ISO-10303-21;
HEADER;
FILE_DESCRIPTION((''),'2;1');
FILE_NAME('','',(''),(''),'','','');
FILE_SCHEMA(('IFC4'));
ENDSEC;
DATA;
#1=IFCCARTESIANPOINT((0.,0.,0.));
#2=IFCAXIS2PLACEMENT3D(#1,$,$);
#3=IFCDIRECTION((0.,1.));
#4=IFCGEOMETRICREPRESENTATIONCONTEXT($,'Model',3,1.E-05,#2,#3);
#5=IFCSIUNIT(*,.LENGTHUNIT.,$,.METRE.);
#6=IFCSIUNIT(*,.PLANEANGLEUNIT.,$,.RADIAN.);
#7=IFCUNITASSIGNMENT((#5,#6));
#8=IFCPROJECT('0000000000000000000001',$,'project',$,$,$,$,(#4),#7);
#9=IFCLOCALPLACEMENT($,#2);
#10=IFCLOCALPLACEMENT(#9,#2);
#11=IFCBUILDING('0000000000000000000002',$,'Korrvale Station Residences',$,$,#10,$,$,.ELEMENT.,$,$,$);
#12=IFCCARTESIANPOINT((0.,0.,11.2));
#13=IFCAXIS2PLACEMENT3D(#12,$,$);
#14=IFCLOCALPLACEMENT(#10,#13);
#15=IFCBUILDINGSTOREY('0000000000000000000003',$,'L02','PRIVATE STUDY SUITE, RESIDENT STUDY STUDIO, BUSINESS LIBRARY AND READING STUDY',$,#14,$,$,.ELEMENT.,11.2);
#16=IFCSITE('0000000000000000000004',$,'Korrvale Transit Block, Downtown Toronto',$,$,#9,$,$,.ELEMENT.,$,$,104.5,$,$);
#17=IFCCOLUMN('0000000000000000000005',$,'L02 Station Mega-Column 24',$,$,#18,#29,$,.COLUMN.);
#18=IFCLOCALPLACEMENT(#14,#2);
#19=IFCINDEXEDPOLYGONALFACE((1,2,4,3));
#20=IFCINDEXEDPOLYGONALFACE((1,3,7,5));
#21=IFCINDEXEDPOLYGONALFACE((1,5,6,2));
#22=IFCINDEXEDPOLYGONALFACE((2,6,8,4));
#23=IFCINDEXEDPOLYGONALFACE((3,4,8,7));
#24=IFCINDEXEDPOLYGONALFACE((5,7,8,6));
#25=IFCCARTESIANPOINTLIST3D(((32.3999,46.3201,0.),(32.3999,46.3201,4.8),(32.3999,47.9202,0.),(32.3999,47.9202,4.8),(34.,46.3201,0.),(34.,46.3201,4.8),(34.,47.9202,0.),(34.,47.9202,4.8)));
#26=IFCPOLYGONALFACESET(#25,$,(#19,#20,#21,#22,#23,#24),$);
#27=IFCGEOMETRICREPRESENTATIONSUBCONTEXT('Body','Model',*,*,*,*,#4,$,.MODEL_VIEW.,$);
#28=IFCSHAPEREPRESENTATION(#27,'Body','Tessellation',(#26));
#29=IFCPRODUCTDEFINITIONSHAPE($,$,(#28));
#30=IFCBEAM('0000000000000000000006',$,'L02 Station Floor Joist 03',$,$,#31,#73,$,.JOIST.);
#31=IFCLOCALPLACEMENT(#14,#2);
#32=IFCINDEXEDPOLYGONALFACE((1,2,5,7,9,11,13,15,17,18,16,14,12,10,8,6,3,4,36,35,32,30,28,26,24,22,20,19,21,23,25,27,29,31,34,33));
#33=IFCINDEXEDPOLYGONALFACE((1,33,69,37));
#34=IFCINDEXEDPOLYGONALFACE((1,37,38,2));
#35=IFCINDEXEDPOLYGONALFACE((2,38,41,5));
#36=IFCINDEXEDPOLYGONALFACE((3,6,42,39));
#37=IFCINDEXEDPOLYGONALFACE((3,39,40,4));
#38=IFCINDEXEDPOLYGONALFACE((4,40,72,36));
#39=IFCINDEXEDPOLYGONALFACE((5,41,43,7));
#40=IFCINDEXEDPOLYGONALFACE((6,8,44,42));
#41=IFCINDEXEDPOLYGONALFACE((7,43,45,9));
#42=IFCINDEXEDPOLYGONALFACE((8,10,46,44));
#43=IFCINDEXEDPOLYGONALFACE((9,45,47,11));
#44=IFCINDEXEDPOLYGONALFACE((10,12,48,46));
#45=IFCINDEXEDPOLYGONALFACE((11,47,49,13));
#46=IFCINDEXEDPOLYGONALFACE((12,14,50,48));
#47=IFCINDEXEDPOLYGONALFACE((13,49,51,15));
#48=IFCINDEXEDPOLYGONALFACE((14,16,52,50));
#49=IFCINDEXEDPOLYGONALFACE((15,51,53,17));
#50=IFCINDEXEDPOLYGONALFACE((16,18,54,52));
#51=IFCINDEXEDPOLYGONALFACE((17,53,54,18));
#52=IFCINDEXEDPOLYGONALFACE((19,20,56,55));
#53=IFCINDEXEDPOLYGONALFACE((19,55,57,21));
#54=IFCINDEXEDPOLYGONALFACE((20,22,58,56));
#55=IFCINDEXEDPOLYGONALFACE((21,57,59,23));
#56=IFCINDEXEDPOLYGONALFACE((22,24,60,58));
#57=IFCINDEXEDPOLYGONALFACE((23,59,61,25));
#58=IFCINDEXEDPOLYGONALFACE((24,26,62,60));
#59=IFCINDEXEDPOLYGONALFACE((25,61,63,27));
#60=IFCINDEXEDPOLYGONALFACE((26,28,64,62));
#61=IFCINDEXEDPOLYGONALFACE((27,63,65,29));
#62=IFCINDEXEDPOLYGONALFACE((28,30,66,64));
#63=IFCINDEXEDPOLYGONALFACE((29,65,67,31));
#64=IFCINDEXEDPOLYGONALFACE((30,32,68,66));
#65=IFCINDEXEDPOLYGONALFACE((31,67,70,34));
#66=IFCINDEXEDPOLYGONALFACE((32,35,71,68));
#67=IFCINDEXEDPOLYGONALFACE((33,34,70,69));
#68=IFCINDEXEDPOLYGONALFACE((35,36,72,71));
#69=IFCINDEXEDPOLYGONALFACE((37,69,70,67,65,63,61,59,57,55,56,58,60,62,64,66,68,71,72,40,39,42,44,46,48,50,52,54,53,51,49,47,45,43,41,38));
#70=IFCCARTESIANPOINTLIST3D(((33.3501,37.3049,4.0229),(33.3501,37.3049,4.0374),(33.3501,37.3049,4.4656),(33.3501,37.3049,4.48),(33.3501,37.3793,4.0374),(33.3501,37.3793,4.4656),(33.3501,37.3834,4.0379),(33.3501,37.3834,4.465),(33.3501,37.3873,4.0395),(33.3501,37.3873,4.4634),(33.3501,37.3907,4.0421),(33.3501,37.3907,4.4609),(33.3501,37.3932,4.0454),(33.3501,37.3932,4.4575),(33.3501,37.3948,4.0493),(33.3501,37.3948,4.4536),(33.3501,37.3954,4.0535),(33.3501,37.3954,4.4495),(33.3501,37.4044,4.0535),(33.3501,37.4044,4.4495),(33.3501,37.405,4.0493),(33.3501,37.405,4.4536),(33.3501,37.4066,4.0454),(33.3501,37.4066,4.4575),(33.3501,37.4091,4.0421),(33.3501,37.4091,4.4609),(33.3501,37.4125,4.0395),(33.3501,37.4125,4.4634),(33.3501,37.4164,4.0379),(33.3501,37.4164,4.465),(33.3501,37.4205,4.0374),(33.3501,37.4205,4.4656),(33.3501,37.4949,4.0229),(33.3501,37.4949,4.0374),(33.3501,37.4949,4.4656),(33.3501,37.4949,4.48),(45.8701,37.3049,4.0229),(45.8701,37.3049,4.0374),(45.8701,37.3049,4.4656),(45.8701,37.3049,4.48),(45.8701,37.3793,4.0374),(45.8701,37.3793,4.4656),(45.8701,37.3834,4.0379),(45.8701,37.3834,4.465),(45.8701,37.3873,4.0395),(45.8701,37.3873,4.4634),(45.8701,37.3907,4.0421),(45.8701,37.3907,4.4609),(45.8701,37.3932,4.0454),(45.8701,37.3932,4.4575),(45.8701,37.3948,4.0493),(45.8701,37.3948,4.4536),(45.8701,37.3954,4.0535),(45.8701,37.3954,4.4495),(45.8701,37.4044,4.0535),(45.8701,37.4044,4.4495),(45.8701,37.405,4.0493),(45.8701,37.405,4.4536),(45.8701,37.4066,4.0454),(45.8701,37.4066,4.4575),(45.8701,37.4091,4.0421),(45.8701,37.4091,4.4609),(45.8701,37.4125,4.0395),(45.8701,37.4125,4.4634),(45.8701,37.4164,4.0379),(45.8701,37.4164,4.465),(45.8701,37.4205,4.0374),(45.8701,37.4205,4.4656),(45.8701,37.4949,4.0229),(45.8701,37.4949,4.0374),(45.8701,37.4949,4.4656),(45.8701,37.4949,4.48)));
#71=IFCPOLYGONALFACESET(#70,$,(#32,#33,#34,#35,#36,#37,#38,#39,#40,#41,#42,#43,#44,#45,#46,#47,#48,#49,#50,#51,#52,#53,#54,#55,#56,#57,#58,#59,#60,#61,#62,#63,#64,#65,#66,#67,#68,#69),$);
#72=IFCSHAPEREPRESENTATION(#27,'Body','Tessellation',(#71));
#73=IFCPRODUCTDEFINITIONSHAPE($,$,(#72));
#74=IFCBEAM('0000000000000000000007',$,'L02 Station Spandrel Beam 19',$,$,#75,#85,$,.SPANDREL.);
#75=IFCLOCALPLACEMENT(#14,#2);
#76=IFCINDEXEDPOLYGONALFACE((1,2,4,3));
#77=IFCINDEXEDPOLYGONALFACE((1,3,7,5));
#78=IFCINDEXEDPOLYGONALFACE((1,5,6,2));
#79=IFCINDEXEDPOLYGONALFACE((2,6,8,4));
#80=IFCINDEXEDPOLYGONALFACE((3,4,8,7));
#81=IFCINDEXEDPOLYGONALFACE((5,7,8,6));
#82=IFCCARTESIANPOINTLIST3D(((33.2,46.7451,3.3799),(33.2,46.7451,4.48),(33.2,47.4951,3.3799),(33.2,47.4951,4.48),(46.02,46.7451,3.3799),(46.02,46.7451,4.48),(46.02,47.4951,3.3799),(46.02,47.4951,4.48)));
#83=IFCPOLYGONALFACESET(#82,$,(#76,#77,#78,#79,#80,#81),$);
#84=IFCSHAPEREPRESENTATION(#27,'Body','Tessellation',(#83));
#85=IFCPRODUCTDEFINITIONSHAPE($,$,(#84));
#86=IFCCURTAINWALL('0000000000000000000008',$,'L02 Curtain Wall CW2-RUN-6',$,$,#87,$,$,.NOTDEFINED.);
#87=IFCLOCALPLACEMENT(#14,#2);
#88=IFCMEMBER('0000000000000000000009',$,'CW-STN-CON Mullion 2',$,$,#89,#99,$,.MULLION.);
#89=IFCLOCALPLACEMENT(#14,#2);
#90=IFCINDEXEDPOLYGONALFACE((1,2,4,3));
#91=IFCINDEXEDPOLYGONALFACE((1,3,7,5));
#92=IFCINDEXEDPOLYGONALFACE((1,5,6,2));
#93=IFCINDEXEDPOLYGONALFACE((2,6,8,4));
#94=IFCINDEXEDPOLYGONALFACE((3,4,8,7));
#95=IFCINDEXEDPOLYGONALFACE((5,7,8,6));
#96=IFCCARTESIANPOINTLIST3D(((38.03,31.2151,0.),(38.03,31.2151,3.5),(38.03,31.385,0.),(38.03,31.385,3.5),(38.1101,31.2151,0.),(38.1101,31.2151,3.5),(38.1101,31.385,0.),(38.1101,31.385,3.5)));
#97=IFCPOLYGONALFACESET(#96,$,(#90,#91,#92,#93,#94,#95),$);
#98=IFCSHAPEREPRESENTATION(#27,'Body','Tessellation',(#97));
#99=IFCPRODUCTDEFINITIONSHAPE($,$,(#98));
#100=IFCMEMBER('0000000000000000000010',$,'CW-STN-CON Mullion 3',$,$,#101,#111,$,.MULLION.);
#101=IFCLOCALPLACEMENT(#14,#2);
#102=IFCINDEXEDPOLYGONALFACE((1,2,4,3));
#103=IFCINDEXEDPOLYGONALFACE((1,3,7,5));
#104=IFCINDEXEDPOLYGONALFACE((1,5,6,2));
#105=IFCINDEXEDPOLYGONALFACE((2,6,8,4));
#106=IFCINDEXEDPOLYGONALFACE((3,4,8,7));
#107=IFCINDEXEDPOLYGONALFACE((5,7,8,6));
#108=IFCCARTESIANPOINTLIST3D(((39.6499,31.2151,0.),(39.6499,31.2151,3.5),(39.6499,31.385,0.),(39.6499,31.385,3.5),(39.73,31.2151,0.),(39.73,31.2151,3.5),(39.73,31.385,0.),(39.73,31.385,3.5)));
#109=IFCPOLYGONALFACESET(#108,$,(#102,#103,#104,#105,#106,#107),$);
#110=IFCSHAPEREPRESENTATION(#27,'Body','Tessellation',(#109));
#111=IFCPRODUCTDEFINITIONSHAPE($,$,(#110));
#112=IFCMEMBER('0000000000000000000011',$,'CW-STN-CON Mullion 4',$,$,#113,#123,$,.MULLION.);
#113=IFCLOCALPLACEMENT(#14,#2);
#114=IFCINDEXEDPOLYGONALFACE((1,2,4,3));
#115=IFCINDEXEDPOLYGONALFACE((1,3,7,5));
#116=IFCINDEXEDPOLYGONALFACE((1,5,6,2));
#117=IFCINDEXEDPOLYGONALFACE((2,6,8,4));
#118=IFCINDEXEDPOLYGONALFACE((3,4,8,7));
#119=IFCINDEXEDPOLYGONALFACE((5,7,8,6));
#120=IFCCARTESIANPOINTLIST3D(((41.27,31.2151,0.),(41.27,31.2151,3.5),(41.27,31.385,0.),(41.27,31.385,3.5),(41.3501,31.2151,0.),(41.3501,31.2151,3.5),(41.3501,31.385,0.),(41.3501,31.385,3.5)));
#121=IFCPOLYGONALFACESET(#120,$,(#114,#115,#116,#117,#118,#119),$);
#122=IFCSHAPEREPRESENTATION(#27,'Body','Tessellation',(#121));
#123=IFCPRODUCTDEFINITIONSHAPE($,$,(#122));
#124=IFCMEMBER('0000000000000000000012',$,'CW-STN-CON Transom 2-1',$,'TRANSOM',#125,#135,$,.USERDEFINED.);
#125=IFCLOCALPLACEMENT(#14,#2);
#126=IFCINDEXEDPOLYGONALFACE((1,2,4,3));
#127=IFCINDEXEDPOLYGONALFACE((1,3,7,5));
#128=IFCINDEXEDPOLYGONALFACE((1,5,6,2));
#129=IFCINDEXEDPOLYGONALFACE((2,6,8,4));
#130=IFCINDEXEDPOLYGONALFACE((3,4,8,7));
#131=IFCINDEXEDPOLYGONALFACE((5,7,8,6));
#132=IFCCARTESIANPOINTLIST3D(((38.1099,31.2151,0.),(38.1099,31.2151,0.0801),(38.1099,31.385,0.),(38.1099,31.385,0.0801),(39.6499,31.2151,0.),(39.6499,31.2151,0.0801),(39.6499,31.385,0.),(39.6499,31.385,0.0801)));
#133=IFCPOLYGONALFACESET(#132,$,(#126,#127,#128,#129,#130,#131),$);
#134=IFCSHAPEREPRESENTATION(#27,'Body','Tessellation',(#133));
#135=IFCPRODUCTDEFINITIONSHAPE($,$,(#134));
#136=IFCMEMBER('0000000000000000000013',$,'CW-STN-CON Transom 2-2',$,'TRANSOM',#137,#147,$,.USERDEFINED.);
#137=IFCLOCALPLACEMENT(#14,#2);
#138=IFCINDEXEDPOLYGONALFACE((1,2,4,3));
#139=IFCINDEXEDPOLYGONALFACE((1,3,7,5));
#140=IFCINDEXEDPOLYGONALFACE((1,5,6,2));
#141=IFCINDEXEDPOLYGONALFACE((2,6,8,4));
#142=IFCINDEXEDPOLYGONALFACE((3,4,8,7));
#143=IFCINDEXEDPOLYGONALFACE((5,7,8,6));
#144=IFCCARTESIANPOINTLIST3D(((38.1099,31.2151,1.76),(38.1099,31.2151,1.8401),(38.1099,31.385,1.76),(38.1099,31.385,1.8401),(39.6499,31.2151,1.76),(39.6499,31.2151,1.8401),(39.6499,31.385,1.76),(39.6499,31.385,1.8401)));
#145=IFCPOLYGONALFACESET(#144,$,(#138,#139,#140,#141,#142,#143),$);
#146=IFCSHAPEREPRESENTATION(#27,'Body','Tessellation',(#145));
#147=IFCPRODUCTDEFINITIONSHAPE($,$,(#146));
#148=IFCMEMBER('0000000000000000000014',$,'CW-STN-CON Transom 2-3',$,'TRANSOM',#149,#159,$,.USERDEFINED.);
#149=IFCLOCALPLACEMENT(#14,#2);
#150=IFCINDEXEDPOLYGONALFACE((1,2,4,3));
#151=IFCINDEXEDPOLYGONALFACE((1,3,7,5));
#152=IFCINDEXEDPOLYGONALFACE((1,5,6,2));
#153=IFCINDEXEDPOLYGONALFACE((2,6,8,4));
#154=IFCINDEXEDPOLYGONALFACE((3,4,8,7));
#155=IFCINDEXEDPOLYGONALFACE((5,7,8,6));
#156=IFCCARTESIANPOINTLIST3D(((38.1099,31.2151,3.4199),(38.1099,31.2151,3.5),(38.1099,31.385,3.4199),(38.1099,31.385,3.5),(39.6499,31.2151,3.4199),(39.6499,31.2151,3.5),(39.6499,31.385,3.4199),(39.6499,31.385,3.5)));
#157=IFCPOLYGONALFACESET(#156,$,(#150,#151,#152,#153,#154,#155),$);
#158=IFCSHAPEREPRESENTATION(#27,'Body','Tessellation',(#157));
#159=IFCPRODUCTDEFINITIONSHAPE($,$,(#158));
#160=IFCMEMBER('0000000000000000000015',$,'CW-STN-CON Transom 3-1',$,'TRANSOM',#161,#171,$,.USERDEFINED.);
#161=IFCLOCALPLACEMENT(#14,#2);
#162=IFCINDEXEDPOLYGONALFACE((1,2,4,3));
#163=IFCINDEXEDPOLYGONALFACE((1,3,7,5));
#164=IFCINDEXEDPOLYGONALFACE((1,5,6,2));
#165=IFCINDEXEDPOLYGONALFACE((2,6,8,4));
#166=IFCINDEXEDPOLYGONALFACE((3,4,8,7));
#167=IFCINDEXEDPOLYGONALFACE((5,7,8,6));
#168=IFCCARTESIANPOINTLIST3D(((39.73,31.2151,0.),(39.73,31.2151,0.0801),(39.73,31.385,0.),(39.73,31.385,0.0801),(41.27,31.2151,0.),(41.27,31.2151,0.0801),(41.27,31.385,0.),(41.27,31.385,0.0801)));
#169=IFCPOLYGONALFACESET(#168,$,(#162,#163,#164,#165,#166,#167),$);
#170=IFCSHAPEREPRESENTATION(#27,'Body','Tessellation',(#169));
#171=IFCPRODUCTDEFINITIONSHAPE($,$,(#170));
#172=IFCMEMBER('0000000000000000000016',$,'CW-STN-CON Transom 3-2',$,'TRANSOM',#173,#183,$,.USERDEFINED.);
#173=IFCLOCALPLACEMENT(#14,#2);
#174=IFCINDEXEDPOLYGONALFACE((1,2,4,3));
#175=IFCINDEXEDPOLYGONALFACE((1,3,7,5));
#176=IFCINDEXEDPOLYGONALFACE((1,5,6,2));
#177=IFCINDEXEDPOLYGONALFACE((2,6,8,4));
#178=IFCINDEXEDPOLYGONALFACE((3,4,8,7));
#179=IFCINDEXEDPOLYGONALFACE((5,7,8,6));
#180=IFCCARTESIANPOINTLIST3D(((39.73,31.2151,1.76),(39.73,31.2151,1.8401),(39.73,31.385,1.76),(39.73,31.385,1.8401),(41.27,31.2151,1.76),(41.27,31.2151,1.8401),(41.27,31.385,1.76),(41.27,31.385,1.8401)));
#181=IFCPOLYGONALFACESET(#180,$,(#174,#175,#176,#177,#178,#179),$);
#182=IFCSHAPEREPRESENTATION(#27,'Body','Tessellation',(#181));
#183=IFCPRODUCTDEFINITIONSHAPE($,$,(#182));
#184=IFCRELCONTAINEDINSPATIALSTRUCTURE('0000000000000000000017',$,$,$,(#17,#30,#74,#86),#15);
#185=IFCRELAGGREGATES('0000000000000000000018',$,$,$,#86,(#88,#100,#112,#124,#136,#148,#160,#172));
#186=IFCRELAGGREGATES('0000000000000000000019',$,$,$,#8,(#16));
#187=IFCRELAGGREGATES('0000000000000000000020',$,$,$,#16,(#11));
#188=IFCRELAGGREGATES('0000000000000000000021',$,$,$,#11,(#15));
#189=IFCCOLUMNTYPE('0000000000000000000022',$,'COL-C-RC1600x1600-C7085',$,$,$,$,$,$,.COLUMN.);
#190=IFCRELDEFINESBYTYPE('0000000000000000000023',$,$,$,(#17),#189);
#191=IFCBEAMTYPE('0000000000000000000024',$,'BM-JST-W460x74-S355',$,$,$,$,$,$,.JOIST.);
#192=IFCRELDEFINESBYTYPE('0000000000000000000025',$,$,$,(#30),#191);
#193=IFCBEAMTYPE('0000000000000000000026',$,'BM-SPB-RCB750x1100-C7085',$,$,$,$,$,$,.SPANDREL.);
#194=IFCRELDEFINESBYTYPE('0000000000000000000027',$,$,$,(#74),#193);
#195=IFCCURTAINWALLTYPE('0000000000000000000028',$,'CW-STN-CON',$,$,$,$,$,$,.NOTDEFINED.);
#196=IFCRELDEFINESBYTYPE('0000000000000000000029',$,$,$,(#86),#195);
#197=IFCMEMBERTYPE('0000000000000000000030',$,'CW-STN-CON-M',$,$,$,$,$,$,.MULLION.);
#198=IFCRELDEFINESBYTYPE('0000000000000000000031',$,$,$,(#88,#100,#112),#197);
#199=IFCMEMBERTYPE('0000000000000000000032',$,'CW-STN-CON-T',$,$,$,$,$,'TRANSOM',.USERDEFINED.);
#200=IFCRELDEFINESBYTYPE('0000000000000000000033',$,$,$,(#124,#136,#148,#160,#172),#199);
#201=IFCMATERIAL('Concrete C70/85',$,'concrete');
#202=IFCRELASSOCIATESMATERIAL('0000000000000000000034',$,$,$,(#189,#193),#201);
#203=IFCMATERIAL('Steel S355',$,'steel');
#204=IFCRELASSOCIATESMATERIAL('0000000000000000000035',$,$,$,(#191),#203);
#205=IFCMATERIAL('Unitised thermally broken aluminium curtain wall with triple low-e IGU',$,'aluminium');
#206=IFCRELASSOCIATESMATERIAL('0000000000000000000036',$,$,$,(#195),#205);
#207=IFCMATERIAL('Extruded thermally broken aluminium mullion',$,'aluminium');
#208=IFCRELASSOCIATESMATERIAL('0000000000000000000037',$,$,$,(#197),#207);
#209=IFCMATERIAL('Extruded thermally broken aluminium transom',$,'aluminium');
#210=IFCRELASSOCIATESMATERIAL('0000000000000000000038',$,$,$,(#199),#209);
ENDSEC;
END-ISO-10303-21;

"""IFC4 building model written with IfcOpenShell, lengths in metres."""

from ifc_helpers import new_model, si_unit, direction, frame, origin, origin_2d, place, context, subcontext, project, spatial, rectangle, i_section, extrude, material, material_profile, profile_set, type_object, element, aggregate, save


model = new_model("IFC4")

# Units and contexts
model_context = context("Model", 3, precision=1e-05, world=origin(), true_north=direction((0.0, 1.0)))
body_context = subcontext(model_context, "Body", "Model", "MODEL_VIEW")
ifc_project = project(units=[si_unit("LENGTHUNIT", "METRE"), si_unit("PLANEANGLEUNIT", "RADIAN")], contexts=[model_context])

# Site, building, storey
site_placement = place(None, origin())
site = spatial("IfcSite", under=ifc_project, at=site_placement, Name="Korrvale Transit Block, Downtown Toronto", CompositionType="ELEMENT", RefElevation=104.5)
building_placement = place(site_placement, origin())
building = spatial("IfcBuilding", under=site, at=building_placement, Name="Korrvale Station Residences", CompositionType="ELEMENT")
storey_placement = place(building_placement, frame((0.0, 0.0, 11.2)))
storey = spatial("IfcBuildingStorey", under=building, at=storey_placement, Name="L02", Description="PRIVATE STUDY SUITE, RESIDENT STUDY STUDIO, BUSINESS LIBRARY AND READING STUDY", CompositionType="ELEMENT", Elevation=11.2)

# Column
ifc_material_1 = material(Name="Concrete C70/85", Category="concrete")
ifc_material_profile_1 = material_profile(ifc_material_1, rectangle(XDim=1.6001, YDim=1.6001, at=origin_2d()), Name="RC1600x1600")
ifc_profile_set_1 = profile_set([ifc_material_profile_1], Name="Concrete C70/85")
column_type = type_object("IfcColumnType", Name="COL-C-RC1600x1600-C7085", PredefinedType="COLUMN", material=ifc_profile_set_1)
column_placement = place(storey_placement, frame((33.2, 47.1201, 0.0), z_axis=(0.0, 0.0, 1.0), x_axis=(1.0, 0.0, 0.0)))
element("IfcColumn", 1, at=column_placement, inside=storey, type_object=column_type, Name="L02 Station Mega-Column 24", PredefinedType="COLUMN", context=body_context, shape_type="SweptSolid", body=[
    extrude(rectangle(XDim=1.6001, YDim=1.6001, at=origin_2d()), origin(), (0.0, 0.0, 1.0), 4.8),
])

# Beams
ifc_material_2 = material(Name="Steel S355", Category="steel")
ifc_material_profile_2 = material_profile(ifc_material_2, i_section(OverallWidth=0.1899, OverallDepth=0.457, WebThickness=0.009, FlangeThickness=0.0144, FilletRadius=0.0161, at=origin_2d()), Name="W460x74")
ifc_profile_set_2 = profile_set([ifc_material_profile_2], Name="Steel S355")
beam_type_1 = type_object("IfcBeamType", Name="BM-JST-W460x74-S355", PredefinedType="JOIST", material=ifc_profile_set_2)
beam_1_placement = place(storey_placement, frame((33.3501, 37.3999, 4.2515), z_axis=(1.0, 0.0, 0.0), x_axis=(0.0, 1.0, 0.0)))
element("IfcBeam", 2, at=beam_1_placement, inside=storey, type_object=beam_type_1, Name="L02 Station Floor Joist 03", PredefinedType="JOIST", context=body_context, shape_type="SweptSolid", body=[
    extrude(i_section(OverallWidth=0.1899, OverallDepth=0.457, WebThickness=0.009, FlangeThickness=0.0144, FilletRadius=0.0161, at=origin_2d()), origin(), (0.0, 0.0, 1.0), 12.52),
])
ifc_material_profile_3 = material_profile(ifc_material_1, rectangle(XDim=0.75, YDim=1.1001, at=origin_2d()), Name="RCB750x1100")
ifc_profile_set_3 = profile_set([ifc_material_profile_3], Name="Concrete C70/85")
beam_type_2 = type_object("IfcBeamType", Name="BM-SPB-RCB750x1100-C7085", PredefinedType="SPANDREL", material=ifc_profile_set_3)
beam_2_placement = place(storey_placement, frame((33.2, 47.1201, 3.9299), z_axis=(1.0, 0.0, 0.0), x_axis=(0.0, 1.0, 0.0)))
element("IfcBeam", 3, at=beam_2_placement, inside=storey, type_object=beam_type_2, Name="L02 Station Spandrel Beam 19", PredefinedType="SPANDREL", context=body_context, shape_type="SweptSolid", body=[
    extrude(rectangle(XDim=0.75, YDim=1.1001, at=origin_2d()), origin(), (0.0, 0.0, 1.0), 12.8201),
])

# Curtain wall, members
ifc_material_3 = material(Name="Unitised thermally broken aluminium curtain wall with triple low-e IGU", Category="aluminium")
curtain_wall_type = type_object("IfcCurtainWallType", Name="CW-STN-CON", PredefinedType="NOTDEFINED", material=ifc_material_3)
curtain_wall_placement = place(storey_placement, origin())
curtain_wall = element("IfcCurtainWall", 4, at=curtain_wall_placement, inside=storey, type_object=curtain_wall_type, Name="L02 Curtain Wall CW2-RUN-6", PredefinedType="NOTDEFINED")
ifc_material_4 = material(Name="Extruded thermally broken aluminium mullion", Category="aluminium")
member_type_1 = type_object("IfcMemberType", Name="CW-STN-CON-M", PredefinedType="MULLION", material=ifc_material_4)
member_1_placement = place(storey_placement, frame((38.0701, 31.3, 0.0), z_axis=(0.0, 0.0, 1.0), x_axis=(1.0, 0.0, 0.0)))
member_1 = element("IfcMember", 5, at=member_1_placement, type_object=member_type_1, Name="CW-STN-CON Mullion 2", PredefinedType="MULLION", context=body_context, shape_type="SweptSolid", body=[
    extrude(rectangle(XDim=0.0801, YDim=0.1699, at=origin_2d()), origin(), (0.0, 0.0, 1.0), 3.5),
])
member_2_placement = place(storey_placement, frame((39.6899, 31.3, 0.0), z_axis=(0.0, 0.0, 1.0), x_axis=(1.0, 0.0, 0.0)))
member_2 = element("IfcMember", 6, at=member_2_placement, type_object=member_type_1, Name="CW-STN-CON Mullion 3", PredefinedType="MULLION", context=body_context, shape_type="SweptSolid", body=[
    extrude(rectangle(XDim=0.0801, YDim=0.1699, at=origin_2d()), origin(), (0.0, 0.0, 1.0), 3.5),
])
member_3_placement = place(storey_placement, frame((41.3101, 31.3, 0.0), z_axis=(0.0, 0.0, 1.0), x_axis=(1.0, 0.0, 0.0)))
member_3 = element("IfcMember", 7, at=member_3_placement, type_object=member_type_1, Name="CW-STN-CON Mullion 4", PredefinedType="MULLION", context=body_context, shape_type="SweptSolid", body=[
    extrude(rectangle(XDim=0.0801, YDim=0.1699, at=origin_2d()), origin(), (0.0, 0.0, 1.0), 3.5),
])
ifc_material_5 = material(Name="Extruded thermally broken aluminium transom", Category="aluminium")
member_type_2 = type_object("IfcMemberType", Name="CW-STN-CON-T", ElementType="TRANSOM", PredefinedType="USERDEFINED", material=ifc_material_5)
member_4_placement = place(storey_placement, frame((38.8799, 31.3, 0.0), z_axis=(0.0, 0.0, 1.0), x_axis=(1.0, 0.0, 0.0)))
member_4 = element("IfcMember", 8, at=member_4_placement, type_object=member_type_2, Name="CW-STN-CON Transom 2-1", ObjectType="TRANSOM", PredefinedType="USERDEFINED", context=body_context, shape_type="SweptSolid", body=[
    extrude(rectangle(XDim=1.54, YDim=0.1699, at=origin_2d()), origin(), (0.0, 0.0, 1.0), 0.0801),
])
member_5_placement = place(storey_placement, frame((38.8799, 31.3, 1.76), z_axis=(0.0, 0.0, 1.0), x_axis=(1.0, 0.0, 0.0)))
member_5 = element("IfcMember", 9, at=member_5_placement, type_object=member_type_2, Name="CW-STN-CON Transom 2-2", ObjectType="TRANSOM", PredefinedType="USERDEFINED", context=body_context, shape_type="SweptSolid", body=[
    extrude(rectangle(XDim=1.54, YDim=0.1699, at=origin_2d()), origin(), (0.0, 0.0, 1.0), 0.0801),
])
member_6_placement = place(storey_placement, frame((38.8799, 31.3, 3.4199), z_axis=(0.0, 0.0, 1.0), x_axis=(1.0, 0.0, 0.0)))
member_6 = element("IfcMember", 10, at=member_6_placement, type_object=member_type_2, Name="CW-STN-CON Transom 2-3", ObjectType="TRANSOM", PredefinedType="USERDEFINED", context=body_context, shape_type="SweptSolid", body=[
    extrude(rectangle(XDim=1.54, YDim=0.1699, at=origin_2d()), origin(), (0.0, 0.0, 1.0), 0.0801),
])
member_7_placement = place(storey_placement, frame((40.5, 31.3, 0.0), z_axis=(0.0, 0.0, 1.0), x_axis=(1.0, 0.0, 0.0)))
member_7 = element("IfcMember", 11, at=member_7_placement, type_object=member_type_2, Name="CW-STN-CON Transom 3-1", ObjectType="TRANSOM", PredefinedType="USERDEFINED", context=body_context, shape_type="SweptSolid", body=[
    extrude(rectangle(XDim=1.54, YDim=0.1699, at=origin_2d()), origin(), (0.0, 0.0, 1.0), 0.0801),
])
member_8_placement = place(storey_placement, frame((40.5, 31.3, 1.76), z_axis=(0.0, 0.0, 1.0), x_axis=(1.0, 0.0, 0.0)))
member_8 = element("IfcMember", 12, at=member_8_placement, type_object=member_type_2, Name="CW-STN-CON Transom 3-2", ObjectType="TRANSOM", PredefinedType="USERDEFINED", context=body_context, shape_type="SweptSolid", body=[
    extrude(rectangle(XDim=1.54, YDim=0.1699, at=origin_2d()), origin(), (0.0, 0.0, 1.0), 0.0801),
])
aggregate(curtain_wall, [member_1, member_2, member_3, member_4, member_5, member_6, member_7, member_8])

save(model, "model.ifc")
